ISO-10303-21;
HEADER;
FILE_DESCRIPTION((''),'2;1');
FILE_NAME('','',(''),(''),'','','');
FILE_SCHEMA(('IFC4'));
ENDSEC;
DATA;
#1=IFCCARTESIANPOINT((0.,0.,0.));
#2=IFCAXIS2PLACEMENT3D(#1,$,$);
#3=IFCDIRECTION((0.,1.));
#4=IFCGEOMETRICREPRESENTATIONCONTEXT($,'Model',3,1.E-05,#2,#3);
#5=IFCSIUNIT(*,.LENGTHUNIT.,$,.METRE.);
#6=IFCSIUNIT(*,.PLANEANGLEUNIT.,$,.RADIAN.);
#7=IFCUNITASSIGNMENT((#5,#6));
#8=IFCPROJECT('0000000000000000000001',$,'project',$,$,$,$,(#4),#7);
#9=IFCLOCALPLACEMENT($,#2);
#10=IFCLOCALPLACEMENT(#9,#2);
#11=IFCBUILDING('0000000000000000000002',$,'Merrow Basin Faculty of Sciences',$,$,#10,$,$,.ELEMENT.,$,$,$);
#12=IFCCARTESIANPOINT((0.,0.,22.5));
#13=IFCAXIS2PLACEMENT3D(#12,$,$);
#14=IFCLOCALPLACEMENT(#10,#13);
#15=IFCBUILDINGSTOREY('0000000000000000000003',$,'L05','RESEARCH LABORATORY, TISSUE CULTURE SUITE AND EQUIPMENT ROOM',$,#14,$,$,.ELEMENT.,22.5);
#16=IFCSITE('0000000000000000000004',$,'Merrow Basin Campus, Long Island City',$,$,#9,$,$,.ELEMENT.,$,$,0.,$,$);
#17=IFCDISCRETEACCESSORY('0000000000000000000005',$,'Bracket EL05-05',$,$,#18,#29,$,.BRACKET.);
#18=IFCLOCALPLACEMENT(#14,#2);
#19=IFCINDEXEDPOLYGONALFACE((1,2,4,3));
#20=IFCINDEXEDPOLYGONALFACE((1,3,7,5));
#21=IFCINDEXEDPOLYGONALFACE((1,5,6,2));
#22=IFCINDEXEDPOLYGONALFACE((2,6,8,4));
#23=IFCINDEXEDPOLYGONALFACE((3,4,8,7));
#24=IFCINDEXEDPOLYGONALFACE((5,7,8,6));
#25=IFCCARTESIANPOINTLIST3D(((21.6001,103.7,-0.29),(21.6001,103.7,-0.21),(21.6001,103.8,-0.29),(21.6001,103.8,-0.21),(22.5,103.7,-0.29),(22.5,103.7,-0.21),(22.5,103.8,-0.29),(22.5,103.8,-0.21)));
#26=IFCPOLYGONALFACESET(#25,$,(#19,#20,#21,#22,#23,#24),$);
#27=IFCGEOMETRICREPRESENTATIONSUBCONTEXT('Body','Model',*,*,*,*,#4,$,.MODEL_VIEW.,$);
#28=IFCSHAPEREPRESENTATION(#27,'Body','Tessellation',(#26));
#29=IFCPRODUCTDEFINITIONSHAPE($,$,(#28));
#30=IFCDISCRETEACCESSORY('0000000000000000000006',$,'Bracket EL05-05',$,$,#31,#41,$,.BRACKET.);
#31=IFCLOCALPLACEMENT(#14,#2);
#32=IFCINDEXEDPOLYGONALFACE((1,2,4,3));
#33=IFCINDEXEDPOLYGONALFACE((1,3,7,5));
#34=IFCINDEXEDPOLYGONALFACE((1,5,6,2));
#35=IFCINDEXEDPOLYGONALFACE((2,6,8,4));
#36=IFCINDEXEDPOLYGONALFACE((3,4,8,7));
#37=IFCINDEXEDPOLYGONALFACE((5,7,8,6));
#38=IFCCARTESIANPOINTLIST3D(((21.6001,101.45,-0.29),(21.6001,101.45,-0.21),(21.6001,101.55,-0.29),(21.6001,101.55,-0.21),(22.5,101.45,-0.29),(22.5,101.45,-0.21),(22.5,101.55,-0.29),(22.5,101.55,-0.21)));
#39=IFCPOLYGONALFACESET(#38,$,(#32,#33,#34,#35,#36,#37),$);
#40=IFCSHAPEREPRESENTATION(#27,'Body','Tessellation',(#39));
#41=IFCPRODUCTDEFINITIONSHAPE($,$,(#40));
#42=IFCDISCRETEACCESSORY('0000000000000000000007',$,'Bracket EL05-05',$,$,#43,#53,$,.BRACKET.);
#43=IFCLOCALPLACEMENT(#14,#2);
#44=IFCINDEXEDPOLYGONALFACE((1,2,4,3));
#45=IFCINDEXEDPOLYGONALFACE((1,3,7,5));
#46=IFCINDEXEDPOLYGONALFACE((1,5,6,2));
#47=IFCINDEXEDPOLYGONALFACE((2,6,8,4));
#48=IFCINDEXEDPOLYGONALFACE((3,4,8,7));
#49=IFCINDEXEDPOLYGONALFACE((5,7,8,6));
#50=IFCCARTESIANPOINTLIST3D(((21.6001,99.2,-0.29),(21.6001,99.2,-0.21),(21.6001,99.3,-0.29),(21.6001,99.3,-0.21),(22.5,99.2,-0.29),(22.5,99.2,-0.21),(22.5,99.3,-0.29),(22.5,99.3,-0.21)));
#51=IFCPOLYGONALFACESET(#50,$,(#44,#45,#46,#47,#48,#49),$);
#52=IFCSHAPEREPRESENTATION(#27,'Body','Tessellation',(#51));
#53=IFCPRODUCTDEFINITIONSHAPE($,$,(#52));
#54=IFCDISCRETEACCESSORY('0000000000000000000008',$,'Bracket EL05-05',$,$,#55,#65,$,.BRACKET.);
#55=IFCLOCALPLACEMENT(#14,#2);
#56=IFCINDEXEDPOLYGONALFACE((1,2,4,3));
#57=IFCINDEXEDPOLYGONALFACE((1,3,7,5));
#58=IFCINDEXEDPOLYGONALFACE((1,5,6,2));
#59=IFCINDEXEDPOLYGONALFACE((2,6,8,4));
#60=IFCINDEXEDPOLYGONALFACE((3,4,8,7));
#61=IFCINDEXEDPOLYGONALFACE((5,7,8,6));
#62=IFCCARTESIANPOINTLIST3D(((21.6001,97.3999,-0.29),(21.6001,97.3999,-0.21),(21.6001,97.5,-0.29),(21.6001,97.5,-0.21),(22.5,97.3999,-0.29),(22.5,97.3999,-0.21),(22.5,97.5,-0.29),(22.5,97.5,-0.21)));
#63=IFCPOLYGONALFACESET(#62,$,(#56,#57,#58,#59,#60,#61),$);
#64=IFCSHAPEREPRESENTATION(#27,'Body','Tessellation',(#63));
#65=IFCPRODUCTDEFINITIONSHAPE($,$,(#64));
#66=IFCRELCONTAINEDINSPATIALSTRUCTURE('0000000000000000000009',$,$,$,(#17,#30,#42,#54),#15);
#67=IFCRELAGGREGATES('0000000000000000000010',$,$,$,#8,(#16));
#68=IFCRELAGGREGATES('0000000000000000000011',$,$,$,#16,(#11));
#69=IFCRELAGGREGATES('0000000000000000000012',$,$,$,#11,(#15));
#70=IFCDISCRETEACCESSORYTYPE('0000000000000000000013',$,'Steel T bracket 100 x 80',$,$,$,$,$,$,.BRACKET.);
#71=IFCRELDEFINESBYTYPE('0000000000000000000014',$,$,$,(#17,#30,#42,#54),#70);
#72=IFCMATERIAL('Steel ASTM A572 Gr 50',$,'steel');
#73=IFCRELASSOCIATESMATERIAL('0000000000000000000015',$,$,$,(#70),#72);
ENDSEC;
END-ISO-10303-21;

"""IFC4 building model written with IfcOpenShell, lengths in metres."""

from ifc_helpers import new_model, si_unit, direction, frame, origin, place, context, subcontext, project, spatial, polyline, outline, extrude, source, transform, mapped, material, type_object, element, save


model = new_model("IFC4")

# Units and contexts
model_context = context("Model", 3, precision=1e-05, world=origin(), true_north=direction((0.0, 1.0)))
body_context = subcontext(model_context, "Body", "Model", "MODEL_VIEW")
ifc_project = project(units=[si_unit("LENGTHUNIT", "METRE"), si_unit("PLANEANGLEUNIT", "RADIAN")], contexts=[model_context])

# Site, building, storey
site_placement = place(None, origin())
site = spatial("IfcSite", under=ifc_project, at=site_placement, Name="Merrow Basin Campus, Long Island City", CompositionType="ELEMENT", RefElevation=0.0)
building_placement = place(site_placement, origin())
building = spatial("IfcBuilding", under=site, at=building_placement, Name="Merrow Basin Faculty of Sciences", CompositionType="ELEMENT")
storey_placement = place(building_placement, frame((0.0, 0.0, 22.5)))
storey = spatial("IfcBuildingStorey", under=building, at=storey_placement, Name="L05", Description="RESEARCH LABORATORY, TISSUE CULTURE SUITE AND EQUIPMENT ROOM", CompositionType="ELEMENT", Elevation=22.5)

# Discrete accessories
ifc_material_1 = material(Name="Steel ASTM A572 Gr 50", Category="steel")
discrete_accessory_type = type_object("IfcDiscreteAccessoryType", Name="Steel T bracket 100 x 80", PredefinedType="BRACKET", material=ifc_material_1)
shared_shape_1 = source(origin(), body_context, "Body", "SweptSolid", [
    extrude(outline(polyline([(0.0, 0.0), (0.1001, 0.0), (0.1001, 0.0801), (0.0, 0.0801), (0.0, 0.0)])), origin(), (0.0, 0.0, 1.0), 0.8999),
])
for number, where, z_axis, x_axis, name in (
    (1, (22.5, 103.8, -0.29), (-1.0, 0.0, 0.0), (0.0, -1.0, 0.0), "Bracket EL05-05"),
    (2, (22.5, 101.55, -0.29), (-1.0, 0.0, 0.0), (0.0, -1.0, 0.0), "Bracket EL05-05"),
    (3, (22.5, 99.3, -0.29), (-1.0, 0.0, 0.0), (0.0, -1.0, 0.0), "Bracket EL05-05"),
    (4, (22.5, 97.5, -0.29), (-1.0, 0.0, 0.0), (0.0, -1.0, 0.0), "Bracket EL05-05"),
):
    element("IfcDiscreteAccessory", number, at=place(storey_placement, frame(where, z_axis=z_axis, x_axis=x_axis)), inside=storey, type_object=discrete_accessory_type, Name=name, PredefinedType="BRACKET", context=body_context, shape_type="MappedRepresentation", body=[
        mapped(shared_shape_1, transform((0.0, 0.0, 0.0), scale=1.0)),
    ])

save(model, "model.ifc")
